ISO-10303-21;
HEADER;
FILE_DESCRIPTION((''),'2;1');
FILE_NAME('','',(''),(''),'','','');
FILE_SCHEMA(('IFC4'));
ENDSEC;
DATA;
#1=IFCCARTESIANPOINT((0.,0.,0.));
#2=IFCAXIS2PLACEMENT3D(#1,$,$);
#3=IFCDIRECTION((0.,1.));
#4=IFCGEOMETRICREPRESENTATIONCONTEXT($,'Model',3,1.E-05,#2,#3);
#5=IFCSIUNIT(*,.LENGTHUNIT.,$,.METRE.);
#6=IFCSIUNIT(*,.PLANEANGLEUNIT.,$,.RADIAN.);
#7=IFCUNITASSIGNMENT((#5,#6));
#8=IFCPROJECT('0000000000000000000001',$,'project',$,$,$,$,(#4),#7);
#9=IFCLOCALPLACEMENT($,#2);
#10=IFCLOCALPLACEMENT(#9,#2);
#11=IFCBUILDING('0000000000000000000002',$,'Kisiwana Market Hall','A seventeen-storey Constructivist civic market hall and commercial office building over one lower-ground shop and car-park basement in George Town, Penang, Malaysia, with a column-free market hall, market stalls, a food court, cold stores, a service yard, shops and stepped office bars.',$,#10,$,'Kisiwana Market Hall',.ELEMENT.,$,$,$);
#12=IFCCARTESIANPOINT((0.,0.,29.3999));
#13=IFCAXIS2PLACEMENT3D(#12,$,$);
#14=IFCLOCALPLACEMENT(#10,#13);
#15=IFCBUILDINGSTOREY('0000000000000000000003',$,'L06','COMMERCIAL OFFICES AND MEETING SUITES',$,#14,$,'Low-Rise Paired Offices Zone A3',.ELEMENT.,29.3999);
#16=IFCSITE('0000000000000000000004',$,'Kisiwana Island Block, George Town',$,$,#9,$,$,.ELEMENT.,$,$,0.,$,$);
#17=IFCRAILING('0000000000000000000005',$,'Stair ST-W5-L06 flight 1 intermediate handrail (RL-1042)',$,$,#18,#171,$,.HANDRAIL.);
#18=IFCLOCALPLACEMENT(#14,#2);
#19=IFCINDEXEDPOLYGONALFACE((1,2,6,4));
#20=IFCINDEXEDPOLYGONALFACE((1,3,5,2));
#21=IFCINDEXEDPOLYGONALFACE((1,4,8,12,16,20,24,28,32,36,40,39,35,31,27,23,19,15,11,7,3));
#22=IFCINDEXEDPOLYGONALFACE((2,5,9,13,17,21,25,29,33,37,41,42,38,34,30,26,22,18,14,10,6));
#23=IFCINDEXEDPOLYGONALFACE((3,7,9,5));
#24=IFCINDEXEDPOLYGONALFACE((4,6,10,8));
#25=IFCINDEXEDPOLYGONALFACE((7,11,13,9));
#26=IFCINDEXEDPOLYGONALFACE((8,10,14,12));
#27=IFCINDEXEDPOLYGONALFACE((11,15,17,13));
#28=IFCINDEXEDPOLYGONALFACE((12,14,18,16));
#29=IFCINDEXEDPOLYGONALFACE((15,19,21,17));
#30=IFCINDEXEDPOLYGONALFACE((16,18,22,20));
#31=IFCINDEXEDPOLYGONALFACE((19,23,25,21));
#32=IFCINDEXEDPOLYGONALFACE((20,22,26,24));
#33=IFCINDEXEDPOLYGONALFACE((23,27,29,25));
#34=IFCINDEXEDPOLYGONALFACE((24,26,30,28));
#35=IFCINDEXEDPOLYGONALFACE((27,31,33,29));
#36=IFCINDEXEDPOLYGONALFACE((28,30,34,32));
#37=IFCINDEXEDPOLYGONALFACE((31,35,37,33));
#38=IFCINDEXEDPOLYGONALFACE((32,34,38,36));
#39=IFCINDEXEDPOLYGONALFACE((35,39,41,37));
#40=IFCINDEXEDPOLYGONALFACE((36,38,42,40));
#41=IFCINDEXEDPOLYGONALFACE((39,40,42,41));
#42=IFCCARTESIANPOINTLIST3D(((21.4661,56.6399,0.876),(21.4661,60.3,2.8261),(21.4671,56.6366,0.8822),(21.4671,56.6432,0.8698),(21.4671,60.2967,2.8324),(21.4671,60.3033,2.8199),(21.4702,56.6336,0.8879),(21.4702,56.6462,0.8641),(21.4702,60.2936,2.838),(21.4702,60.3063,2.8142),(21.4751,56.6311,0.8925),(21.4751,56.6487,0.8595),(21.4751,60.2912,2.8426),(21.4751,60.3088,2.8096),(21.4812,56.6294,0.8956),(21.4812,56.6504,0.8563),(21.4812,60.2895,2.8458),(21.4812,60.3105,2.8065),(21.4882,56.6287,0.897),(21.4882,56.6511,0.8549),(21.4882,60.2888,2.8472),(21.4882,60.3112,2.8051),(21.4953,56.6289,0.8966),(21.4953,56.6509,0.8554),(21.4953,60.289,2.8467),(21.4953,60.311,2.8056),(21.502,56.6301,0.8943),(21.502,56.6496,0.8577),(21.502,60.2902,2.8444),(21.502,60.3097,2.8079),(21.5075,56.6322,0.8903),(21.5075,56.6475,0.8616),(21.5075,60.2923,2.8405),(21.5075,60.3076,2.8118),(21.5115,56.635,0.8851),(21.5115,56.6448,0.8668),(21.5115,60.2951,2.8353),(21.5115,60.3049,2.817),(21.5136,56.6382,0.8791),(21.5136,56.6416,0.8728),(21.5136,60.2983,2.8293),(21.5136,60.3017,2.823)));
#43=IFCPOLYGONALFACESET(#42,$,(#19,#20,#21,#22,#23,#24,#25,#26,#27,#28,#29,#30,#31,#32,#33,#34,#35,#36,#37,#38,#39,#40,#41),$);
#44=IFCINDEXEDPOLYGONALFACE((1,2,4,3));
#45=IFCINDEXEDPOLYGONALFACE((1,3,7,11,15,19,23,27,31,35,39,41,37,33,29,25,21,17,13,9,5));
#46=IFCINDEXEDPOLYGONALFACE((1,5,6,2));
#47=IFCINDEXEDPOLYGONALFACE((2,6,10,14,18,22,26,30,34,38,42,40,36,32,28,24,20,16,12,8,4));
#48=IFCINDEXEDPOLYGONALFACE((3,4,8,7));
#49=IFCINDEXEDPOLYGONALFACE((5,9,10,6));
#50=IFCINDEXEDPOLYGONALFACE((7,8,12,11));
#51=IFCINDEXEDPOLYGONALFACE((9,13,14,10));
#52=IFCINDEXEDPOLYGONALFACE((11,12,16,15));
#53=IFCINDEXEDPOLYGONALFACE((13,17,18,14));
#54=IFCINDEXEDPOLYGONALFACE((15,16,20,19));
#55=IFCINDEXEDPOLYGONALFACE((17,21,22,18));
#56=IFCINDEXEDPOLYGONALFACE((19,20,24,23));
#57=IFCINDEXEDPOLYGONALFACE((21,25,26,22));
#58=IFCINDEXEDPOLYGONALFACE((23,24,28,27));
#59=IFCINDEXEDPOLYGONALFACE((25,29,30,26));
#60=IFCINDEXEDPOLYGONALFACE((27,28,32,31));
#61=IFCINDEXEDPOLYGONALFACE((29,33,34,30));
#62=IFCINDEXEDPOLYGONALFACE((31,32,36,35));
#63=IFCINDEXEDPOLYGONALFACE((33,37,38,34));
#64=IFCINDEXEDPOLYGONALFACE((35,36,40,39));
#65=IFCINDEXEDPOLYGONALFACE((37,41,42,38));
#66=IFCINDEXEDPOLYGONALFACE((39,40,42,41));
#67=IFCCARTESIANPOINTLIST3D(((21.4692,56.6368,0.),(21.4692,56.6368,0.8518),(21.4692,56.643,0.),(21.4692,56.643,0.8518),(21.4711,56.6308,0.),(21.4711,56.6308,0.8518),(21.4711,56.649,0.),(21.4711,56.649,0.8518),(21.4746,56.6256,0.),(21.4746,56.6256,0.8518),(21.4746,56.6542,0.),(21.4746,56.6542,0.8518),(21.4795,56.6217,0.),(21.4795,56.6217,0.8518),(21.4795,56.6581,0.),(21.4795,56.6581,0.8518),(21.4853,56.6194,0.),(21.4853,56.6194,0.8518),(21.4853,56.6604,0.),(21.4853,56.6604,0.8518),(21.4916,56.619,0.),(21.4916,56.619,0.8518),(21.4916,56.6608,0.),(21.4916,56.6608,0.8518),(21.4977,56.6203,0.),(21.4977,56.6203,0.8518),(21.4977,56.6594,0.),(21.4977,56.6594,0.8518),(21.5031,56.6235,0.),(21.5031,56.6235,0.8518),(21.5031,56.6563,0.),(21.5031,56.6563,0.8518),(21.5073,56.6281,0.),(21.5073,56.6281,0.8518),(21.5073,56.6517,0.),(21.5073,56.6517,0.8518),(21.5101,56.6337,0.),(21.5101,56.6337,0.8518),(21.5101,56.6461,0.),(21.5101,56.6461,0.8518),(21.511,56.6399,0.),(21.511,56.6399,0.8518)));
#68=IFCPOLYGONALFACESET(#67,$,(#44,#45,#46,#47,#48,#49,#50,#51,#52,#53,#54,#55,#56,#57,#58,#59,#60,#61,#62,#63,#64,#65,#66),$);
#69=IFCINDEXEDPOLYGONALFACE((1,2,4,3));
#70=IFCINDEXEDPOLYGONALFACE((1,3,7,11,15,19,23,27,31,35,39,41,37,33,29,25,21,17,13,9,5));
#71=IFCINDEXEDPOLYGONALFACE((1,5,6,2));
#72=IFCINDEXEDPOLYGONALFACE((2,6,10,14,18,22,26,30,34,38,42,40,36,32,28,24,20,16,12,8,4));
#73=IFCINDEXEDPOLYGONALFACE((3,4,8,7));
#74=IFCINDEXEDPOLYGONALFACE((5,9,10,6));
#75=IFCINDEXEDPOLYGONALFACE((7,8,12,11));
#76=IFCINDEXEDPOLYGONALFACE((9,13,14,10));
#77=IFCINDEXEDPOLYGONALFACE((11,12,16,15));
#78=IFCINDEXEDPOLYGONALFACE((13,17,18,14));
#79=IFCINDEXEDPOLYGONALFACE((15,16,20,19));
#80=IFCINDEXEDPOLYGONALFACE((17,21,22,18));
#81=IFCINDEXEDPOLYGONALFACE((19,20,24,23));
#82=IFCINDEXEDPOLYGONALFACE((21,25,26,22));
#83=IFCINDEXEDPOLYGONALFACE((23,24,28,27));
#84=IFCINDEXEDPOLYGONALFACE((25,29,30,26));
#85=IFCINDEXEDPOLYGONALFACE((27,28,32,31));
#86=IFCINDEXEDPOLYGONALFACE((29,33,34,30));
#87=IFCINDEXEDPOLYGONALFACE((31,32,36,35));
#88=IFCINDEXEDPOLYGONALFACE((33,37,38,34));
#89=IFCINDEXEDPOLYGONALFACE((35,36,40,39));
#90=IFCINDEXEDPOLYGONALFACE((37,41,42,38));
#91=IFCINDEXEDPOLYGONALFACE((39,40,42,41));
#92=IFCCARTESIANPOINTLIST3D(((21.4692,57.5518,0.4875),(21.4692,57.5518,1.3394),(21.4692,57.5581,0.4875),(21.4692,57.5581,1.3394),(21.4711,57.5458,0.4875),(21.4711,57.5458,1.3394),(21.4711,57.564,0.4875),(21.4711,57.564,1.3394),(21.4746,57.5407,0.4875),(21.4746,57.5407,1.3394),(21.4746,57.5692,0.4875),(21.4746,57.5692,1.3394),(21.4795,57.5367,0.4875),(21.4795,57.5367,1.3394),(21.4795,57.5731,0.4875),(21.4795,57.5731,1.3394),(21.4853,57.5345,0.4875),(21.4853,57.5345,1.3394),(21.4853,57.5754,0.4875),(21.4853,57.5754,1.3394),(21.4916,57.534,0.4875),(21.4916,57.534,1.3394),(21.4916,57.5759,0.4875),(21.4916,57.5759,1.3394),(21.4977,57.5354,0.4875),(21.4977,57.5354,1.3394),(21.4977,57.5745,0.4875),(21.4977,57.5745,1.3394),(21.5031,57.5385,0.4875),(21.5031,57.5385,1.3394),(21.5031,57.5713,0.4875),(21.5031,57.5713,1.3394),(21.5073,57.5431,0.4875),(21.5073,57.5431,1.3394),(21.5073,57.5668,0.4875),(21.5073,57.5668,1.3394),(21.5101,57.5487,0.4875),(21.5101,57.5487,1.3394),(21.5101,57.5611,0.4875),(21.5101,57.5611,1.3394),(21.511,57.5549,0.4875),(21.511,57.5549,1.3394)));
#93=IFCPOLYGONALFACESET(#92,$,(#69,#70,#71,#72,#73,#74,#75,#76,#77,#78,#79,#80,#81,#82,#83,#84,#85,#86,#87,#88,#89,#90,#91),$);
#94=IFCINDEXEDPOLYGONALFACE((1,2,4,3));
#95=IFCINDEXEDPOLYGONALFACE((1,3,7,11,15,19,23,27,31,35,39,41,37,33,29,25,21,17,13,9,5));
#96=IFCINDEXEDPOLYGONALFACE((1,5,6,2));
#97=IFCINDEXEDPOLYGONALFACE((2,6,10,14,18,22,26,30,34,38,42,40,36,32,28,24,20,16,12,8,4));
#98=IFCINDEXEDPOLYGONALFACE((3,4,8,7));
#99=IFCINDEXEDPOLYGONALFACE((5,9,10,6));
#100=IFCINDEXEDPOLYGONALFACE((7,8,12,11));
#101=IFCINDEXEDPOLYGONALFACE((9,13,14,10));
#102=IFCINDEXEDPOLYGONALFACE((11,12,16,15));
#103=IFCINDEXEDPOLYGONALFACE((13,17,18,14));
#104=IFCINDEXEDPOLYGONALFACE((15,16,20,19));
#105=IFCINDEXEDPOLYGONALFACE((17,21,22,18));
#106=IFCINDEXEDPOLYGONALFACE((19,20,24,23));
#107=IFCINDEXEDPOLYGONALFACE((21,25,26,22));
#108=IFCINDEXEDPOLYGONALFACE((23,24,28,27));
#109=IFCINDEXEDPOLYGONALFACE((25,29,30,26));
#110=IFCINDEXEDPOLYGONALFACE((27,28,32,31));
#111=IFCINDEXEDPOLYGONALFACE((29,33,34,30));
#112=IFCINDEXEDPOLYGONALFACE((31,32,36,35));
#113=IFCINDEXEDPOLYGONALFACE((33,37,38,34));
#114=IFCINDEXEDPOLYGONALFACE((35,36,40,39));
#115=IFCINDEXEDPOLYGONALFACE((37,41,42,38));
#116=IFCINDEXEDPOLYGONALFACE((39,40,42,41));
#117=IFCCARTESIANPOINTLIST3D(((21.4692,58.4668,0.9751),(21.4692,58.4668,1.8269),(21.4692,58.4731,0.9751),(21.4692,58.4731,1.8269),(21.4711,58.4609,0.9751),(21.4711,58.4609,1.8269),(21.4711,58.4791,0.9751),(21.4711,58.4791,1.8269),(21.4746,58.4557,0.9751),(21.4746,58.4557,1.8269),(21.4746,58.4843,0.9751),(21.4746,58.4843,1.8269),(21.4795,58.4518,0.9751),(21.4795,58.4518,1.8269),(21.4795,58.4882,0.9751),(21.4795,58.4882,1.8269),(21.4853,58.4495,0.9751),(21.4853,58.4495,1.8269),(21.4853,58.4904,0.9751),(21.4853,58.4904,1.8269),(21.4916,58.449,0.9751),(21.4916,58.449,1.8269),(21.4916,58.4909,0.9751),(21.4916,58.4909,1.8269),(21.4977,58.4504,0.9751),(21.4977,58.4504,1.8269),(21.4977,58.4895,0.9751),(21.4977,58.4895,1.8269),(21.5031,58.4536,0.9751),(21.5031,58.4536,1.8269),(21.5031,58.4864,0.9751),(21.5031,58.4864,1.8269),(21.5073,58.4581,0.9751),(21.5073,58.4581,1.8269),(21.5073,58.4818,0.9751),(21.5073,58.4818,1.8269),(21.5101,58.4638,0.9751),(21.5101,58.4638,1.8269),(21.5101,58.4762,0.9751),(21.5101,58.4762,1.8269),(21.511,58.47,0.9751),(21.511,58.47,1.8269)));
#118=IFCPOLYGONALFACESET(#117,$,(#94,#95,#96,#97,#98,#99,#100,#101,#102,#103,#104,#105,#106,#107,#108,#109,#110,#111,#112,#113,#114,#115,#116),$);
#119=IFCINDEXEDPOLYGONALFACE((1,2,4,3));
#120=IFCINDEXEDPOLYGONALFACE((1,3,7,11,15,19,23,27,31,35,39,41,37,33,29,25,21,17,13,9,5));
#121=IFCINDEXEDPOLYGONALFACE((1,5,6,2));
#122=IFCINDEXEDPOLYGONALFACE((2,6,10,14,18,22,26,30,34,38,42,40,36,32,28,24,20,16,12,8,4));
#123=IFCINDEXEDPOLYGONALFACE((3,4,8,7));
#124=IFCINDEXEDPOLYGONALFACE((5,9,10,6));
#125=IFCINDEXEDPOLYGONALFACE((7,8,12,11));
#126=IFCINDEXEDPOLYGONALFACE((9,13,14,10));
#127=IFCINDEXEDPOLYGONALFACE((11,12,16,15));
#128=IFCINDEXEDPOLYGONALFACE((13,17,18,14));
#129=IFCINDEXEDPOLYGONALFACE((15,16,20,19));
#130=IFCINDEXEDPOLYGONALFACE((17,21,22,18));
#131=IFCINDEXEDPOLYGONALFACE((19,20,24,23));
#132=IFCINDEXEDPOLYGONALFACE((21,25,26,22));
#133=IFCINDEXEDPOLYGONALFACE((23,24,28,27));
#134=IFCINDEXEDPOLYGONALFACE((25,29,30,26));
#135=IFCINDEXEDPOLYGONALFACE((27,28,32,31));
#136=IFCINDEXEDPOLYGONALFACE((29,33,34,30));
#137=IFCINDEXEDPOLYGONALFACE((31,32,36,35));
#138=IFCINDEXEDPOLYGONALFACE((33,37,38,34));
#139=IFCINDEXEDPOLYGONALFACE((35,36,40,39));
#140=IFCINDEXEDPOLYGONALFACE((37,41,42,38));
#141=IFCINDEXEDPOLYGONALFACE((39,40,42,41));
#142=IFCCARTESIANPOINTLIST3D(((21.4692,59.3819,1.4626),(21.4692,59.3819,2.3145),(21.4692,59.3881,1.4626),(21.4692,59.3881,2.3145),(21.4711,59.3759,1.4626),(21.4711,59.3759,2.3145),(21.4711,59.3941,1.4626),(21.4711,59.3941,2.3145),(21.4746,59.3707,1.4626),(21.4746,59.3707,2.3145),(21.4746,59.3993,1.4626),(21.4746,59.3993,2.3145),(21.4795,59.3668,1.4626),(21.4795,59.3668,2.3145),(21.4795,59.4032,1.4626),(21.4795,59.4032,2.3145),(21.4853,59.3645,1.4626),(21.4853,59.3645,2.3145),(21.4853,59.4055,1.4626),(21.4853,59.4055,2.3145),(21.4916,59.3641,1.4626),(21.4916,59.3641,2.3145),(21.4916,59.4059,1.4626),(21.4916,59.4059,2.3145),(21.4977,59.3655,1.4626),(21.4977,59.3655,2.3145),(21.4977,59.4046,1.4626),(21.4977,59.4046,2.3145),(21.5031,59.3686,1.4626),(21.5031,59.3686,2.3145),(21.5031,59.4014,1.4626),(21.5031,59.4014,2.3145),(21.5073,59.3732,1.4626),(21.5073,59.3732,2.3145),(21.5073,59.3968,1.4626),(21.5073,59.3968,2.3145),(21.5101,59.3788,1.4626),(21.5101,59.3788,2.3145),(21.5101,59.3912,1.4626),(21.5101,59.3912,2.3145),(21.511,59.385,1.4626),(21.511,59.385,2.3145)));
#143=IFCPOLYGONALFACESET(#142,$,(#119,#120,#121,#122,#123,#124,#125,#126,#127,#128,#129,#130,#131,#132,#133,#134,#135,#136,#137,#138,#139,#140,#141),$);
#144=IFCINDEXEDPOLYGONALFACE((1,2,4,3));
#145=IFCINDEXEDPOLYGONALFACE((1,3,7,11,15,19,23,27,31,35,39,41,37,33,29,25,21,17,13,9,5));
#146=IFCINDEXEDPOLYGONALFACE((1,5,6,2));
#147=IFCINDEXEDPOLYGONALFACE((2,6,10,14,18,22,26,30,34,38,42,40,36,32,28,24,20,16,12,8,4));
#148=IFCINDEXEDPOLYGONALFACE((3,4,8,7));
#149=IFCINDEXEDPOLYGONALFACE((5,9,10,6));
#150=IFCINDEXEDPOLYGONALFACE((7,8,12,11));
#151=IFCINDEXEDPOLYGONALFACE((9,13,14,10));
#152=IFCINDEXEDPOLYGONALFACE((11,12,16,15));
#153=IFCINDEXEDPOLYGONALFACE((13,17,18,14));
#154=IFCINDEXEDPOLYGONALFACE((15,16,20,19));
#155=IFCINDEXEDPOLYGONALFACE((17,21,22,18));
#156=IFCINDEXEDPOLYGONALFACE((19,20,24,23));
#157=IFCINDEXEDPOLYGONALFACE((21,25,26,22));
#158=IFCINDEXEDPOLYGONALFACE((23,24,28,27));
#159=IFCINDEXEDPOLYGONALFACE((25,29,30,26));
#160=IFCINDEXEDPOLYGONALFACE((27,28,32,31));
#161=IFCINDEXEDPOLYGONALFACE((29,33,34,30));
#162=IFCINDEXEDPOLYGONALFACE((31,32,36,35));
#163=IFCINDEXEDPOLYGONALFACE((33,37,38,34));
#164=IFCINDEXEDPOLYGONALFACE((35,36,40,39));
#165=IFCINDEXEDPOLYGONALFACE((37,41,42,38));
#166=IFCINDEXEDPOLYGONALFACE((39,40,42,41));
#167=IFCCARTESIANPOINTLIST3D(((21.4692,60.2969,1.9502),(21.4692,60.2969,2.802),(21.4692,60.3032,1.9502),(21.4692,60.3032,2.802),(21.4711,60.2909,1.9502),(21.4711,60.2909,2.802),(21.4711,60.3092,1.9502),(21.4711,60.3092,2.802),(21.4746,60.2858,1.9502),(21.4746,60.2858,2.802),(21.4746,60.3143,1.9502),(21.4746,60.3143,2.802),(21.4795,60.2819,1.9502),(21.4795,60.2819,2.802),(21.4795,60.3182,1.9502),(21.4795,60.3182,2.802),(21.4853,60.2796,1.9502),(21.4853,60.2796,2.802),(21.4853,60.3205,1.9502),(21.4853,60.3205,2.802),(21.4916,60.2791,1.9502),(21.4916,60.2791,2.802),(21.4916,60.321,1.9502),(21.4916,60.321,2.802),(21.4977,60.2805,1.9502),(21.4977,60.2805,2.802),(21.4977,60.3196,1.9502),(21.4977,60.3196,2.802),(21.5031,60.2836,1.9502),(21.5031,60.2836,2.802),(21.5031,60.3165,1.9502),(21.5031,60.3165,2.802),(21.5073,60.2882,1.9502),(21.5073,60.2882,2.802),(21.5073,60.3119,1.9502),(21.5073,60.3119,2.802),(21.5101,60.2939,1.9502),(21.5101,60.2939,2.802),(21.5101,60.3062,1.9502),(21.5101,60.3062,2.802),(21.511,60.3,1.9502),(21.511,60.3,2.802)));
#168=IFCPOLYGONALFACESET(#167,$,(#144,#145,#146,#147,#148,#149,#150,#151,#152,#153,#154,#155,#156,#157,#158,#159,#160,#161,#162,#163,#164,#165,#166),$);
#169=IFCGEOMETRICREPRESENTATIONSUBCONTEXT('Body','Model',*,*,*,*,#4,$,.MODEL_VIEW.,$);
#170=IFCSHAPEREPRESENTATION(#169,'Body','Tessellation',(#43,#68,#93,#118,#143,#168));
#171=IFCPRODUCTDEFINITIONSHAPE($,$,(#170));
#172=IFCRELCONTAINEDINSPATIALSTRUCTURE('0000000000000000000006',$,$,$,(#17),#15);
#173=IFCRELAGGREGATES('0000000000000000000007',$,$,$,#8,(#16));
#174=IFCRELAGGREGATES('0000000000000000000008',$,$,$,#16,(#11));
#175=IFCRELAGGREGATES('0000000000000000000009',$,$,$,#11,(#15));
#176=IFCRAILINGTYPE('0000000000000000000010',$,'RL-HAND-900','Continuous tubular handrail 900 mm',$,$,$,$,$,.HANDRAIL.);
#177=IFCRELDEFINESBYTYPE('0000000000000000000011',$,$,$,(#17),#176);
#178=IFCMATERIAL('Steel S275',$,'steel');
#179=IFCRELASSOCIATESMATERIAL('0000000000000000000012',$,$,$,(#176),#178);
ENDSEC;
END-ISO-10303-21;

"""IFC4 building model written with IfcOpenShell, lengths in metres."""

from ifc_helpers import new_model, si_unit, direction, frame, origin, origin_2d, place, context, subcontext, project, spatial, circle, extrude, material, type_object, element, save


model = new_model("IFC4")

# Units and contexts
model_context = context("Model", 3, precision=1e-05, world=origin(), true_north=direction((0.0, 1.0)))
body_context = subcontext(model_context, "Body", "Model", "MODEL_VIEW")
ifc_project = project(units=[si_unit("LENGTHUNIT", "METRE"), si_unit("PLANEANGLEUNIT", "RADIAN")], contexts=[model_context])

# Site, building, storey
site_placement = place(None, origin())
site = spatial("IfcSite", under=ifc_project, at=site_placement, Name="Kisiwana Island Block, George Town", CompositionType="ELEMENT", RefElevation=0.0)
building_placement = place(site_placement, origin())
building = spatial("IfcBuilding", under=site, at=building_placement, Name="Kisiwana Market Hall", Description="A seventeen-storey Constructivist civic market hall and commercial office building over one lower-ground shop and car-park basement in George Town, Penang, Malaysia, with a column-free market hall, market stalls, a food court, cold stores, a service yard, shops and stepped office bars.", LongName="Kisiwana Market Hall", CompositionType="ELEMENT")
storey_placement = place(building_placement, frame((0.0, 0.0, 29.3999)))
storey = spatial("IfcBuildingStorey", under=building, at=storey_placement, Name="L06", Description="COMMERCIAL OFFICES AND MEETING SUITES", LongName="Low-Rise Paired Offices Zone A3", CompositionType="ELEMENT", Elevation=29.3999)

# Railing
ifc_material_1 = material(Name="Steel S275", Category="steel")
railing_type_1 = type_object("IfcRailingType", Name="RL-HAND-900", Description="Continuous tubular handrail 900 mm", PredefinedType="HANDRAIL", material=ifc_material_1)
for number, where, name in (
    (1, (21.49, 56.6399, 0.0), "Stair ST-W5-L06 flight 1 intermediate handrail (RL-1042)"),
):
    element("IfcRailing", number, at=place(storey_placement, frame(where)), inside=storey, type_object=railing_type_1, Name=name, PredefinedType="HANDRAIL", context=body_context, shape_type="SweptSolid", body=[
        extrude(circle(Radius=0.0239, at=origin_2d()), frame((0.0, 0.0, 0.876), z_axis=(0.0, 0.882542, 0.470234), x_axis=(-1.0, 0.0, 0.0)), (0.0, 0.0, 1.0), 4.1472),
        extrude(circle(Radius=0.021, at=origin_2d()), origin(), (0.0, 0.0, 1.0), 0.8518),
        extrude(circle(Radius=0.021, at=origin_2d()), frame((0.0, 0.915, 0.4875)), (0.0, 0.0, 1.0), 0.8518),
        extrude(circle(Radius=0.021, at=origin_2d()), frame((0.0, 1.8301, 0.9751)), (0.0, 0.0, 1.0), 0.8518),
        extrude(circle(Radius=0.021, at=origin_2d()), frame((0.0, 2.7451, 1.4626)), (0.0, 0.0, 1.0), 0.8518),
        extrude(circle(Radius=0.021, at=origin_2d()), frame((0.0, 3.6602, 1.9502)), (0.0, 0.0, 1.0), 0.8518),
    ])

save(model, "model.ifc")
